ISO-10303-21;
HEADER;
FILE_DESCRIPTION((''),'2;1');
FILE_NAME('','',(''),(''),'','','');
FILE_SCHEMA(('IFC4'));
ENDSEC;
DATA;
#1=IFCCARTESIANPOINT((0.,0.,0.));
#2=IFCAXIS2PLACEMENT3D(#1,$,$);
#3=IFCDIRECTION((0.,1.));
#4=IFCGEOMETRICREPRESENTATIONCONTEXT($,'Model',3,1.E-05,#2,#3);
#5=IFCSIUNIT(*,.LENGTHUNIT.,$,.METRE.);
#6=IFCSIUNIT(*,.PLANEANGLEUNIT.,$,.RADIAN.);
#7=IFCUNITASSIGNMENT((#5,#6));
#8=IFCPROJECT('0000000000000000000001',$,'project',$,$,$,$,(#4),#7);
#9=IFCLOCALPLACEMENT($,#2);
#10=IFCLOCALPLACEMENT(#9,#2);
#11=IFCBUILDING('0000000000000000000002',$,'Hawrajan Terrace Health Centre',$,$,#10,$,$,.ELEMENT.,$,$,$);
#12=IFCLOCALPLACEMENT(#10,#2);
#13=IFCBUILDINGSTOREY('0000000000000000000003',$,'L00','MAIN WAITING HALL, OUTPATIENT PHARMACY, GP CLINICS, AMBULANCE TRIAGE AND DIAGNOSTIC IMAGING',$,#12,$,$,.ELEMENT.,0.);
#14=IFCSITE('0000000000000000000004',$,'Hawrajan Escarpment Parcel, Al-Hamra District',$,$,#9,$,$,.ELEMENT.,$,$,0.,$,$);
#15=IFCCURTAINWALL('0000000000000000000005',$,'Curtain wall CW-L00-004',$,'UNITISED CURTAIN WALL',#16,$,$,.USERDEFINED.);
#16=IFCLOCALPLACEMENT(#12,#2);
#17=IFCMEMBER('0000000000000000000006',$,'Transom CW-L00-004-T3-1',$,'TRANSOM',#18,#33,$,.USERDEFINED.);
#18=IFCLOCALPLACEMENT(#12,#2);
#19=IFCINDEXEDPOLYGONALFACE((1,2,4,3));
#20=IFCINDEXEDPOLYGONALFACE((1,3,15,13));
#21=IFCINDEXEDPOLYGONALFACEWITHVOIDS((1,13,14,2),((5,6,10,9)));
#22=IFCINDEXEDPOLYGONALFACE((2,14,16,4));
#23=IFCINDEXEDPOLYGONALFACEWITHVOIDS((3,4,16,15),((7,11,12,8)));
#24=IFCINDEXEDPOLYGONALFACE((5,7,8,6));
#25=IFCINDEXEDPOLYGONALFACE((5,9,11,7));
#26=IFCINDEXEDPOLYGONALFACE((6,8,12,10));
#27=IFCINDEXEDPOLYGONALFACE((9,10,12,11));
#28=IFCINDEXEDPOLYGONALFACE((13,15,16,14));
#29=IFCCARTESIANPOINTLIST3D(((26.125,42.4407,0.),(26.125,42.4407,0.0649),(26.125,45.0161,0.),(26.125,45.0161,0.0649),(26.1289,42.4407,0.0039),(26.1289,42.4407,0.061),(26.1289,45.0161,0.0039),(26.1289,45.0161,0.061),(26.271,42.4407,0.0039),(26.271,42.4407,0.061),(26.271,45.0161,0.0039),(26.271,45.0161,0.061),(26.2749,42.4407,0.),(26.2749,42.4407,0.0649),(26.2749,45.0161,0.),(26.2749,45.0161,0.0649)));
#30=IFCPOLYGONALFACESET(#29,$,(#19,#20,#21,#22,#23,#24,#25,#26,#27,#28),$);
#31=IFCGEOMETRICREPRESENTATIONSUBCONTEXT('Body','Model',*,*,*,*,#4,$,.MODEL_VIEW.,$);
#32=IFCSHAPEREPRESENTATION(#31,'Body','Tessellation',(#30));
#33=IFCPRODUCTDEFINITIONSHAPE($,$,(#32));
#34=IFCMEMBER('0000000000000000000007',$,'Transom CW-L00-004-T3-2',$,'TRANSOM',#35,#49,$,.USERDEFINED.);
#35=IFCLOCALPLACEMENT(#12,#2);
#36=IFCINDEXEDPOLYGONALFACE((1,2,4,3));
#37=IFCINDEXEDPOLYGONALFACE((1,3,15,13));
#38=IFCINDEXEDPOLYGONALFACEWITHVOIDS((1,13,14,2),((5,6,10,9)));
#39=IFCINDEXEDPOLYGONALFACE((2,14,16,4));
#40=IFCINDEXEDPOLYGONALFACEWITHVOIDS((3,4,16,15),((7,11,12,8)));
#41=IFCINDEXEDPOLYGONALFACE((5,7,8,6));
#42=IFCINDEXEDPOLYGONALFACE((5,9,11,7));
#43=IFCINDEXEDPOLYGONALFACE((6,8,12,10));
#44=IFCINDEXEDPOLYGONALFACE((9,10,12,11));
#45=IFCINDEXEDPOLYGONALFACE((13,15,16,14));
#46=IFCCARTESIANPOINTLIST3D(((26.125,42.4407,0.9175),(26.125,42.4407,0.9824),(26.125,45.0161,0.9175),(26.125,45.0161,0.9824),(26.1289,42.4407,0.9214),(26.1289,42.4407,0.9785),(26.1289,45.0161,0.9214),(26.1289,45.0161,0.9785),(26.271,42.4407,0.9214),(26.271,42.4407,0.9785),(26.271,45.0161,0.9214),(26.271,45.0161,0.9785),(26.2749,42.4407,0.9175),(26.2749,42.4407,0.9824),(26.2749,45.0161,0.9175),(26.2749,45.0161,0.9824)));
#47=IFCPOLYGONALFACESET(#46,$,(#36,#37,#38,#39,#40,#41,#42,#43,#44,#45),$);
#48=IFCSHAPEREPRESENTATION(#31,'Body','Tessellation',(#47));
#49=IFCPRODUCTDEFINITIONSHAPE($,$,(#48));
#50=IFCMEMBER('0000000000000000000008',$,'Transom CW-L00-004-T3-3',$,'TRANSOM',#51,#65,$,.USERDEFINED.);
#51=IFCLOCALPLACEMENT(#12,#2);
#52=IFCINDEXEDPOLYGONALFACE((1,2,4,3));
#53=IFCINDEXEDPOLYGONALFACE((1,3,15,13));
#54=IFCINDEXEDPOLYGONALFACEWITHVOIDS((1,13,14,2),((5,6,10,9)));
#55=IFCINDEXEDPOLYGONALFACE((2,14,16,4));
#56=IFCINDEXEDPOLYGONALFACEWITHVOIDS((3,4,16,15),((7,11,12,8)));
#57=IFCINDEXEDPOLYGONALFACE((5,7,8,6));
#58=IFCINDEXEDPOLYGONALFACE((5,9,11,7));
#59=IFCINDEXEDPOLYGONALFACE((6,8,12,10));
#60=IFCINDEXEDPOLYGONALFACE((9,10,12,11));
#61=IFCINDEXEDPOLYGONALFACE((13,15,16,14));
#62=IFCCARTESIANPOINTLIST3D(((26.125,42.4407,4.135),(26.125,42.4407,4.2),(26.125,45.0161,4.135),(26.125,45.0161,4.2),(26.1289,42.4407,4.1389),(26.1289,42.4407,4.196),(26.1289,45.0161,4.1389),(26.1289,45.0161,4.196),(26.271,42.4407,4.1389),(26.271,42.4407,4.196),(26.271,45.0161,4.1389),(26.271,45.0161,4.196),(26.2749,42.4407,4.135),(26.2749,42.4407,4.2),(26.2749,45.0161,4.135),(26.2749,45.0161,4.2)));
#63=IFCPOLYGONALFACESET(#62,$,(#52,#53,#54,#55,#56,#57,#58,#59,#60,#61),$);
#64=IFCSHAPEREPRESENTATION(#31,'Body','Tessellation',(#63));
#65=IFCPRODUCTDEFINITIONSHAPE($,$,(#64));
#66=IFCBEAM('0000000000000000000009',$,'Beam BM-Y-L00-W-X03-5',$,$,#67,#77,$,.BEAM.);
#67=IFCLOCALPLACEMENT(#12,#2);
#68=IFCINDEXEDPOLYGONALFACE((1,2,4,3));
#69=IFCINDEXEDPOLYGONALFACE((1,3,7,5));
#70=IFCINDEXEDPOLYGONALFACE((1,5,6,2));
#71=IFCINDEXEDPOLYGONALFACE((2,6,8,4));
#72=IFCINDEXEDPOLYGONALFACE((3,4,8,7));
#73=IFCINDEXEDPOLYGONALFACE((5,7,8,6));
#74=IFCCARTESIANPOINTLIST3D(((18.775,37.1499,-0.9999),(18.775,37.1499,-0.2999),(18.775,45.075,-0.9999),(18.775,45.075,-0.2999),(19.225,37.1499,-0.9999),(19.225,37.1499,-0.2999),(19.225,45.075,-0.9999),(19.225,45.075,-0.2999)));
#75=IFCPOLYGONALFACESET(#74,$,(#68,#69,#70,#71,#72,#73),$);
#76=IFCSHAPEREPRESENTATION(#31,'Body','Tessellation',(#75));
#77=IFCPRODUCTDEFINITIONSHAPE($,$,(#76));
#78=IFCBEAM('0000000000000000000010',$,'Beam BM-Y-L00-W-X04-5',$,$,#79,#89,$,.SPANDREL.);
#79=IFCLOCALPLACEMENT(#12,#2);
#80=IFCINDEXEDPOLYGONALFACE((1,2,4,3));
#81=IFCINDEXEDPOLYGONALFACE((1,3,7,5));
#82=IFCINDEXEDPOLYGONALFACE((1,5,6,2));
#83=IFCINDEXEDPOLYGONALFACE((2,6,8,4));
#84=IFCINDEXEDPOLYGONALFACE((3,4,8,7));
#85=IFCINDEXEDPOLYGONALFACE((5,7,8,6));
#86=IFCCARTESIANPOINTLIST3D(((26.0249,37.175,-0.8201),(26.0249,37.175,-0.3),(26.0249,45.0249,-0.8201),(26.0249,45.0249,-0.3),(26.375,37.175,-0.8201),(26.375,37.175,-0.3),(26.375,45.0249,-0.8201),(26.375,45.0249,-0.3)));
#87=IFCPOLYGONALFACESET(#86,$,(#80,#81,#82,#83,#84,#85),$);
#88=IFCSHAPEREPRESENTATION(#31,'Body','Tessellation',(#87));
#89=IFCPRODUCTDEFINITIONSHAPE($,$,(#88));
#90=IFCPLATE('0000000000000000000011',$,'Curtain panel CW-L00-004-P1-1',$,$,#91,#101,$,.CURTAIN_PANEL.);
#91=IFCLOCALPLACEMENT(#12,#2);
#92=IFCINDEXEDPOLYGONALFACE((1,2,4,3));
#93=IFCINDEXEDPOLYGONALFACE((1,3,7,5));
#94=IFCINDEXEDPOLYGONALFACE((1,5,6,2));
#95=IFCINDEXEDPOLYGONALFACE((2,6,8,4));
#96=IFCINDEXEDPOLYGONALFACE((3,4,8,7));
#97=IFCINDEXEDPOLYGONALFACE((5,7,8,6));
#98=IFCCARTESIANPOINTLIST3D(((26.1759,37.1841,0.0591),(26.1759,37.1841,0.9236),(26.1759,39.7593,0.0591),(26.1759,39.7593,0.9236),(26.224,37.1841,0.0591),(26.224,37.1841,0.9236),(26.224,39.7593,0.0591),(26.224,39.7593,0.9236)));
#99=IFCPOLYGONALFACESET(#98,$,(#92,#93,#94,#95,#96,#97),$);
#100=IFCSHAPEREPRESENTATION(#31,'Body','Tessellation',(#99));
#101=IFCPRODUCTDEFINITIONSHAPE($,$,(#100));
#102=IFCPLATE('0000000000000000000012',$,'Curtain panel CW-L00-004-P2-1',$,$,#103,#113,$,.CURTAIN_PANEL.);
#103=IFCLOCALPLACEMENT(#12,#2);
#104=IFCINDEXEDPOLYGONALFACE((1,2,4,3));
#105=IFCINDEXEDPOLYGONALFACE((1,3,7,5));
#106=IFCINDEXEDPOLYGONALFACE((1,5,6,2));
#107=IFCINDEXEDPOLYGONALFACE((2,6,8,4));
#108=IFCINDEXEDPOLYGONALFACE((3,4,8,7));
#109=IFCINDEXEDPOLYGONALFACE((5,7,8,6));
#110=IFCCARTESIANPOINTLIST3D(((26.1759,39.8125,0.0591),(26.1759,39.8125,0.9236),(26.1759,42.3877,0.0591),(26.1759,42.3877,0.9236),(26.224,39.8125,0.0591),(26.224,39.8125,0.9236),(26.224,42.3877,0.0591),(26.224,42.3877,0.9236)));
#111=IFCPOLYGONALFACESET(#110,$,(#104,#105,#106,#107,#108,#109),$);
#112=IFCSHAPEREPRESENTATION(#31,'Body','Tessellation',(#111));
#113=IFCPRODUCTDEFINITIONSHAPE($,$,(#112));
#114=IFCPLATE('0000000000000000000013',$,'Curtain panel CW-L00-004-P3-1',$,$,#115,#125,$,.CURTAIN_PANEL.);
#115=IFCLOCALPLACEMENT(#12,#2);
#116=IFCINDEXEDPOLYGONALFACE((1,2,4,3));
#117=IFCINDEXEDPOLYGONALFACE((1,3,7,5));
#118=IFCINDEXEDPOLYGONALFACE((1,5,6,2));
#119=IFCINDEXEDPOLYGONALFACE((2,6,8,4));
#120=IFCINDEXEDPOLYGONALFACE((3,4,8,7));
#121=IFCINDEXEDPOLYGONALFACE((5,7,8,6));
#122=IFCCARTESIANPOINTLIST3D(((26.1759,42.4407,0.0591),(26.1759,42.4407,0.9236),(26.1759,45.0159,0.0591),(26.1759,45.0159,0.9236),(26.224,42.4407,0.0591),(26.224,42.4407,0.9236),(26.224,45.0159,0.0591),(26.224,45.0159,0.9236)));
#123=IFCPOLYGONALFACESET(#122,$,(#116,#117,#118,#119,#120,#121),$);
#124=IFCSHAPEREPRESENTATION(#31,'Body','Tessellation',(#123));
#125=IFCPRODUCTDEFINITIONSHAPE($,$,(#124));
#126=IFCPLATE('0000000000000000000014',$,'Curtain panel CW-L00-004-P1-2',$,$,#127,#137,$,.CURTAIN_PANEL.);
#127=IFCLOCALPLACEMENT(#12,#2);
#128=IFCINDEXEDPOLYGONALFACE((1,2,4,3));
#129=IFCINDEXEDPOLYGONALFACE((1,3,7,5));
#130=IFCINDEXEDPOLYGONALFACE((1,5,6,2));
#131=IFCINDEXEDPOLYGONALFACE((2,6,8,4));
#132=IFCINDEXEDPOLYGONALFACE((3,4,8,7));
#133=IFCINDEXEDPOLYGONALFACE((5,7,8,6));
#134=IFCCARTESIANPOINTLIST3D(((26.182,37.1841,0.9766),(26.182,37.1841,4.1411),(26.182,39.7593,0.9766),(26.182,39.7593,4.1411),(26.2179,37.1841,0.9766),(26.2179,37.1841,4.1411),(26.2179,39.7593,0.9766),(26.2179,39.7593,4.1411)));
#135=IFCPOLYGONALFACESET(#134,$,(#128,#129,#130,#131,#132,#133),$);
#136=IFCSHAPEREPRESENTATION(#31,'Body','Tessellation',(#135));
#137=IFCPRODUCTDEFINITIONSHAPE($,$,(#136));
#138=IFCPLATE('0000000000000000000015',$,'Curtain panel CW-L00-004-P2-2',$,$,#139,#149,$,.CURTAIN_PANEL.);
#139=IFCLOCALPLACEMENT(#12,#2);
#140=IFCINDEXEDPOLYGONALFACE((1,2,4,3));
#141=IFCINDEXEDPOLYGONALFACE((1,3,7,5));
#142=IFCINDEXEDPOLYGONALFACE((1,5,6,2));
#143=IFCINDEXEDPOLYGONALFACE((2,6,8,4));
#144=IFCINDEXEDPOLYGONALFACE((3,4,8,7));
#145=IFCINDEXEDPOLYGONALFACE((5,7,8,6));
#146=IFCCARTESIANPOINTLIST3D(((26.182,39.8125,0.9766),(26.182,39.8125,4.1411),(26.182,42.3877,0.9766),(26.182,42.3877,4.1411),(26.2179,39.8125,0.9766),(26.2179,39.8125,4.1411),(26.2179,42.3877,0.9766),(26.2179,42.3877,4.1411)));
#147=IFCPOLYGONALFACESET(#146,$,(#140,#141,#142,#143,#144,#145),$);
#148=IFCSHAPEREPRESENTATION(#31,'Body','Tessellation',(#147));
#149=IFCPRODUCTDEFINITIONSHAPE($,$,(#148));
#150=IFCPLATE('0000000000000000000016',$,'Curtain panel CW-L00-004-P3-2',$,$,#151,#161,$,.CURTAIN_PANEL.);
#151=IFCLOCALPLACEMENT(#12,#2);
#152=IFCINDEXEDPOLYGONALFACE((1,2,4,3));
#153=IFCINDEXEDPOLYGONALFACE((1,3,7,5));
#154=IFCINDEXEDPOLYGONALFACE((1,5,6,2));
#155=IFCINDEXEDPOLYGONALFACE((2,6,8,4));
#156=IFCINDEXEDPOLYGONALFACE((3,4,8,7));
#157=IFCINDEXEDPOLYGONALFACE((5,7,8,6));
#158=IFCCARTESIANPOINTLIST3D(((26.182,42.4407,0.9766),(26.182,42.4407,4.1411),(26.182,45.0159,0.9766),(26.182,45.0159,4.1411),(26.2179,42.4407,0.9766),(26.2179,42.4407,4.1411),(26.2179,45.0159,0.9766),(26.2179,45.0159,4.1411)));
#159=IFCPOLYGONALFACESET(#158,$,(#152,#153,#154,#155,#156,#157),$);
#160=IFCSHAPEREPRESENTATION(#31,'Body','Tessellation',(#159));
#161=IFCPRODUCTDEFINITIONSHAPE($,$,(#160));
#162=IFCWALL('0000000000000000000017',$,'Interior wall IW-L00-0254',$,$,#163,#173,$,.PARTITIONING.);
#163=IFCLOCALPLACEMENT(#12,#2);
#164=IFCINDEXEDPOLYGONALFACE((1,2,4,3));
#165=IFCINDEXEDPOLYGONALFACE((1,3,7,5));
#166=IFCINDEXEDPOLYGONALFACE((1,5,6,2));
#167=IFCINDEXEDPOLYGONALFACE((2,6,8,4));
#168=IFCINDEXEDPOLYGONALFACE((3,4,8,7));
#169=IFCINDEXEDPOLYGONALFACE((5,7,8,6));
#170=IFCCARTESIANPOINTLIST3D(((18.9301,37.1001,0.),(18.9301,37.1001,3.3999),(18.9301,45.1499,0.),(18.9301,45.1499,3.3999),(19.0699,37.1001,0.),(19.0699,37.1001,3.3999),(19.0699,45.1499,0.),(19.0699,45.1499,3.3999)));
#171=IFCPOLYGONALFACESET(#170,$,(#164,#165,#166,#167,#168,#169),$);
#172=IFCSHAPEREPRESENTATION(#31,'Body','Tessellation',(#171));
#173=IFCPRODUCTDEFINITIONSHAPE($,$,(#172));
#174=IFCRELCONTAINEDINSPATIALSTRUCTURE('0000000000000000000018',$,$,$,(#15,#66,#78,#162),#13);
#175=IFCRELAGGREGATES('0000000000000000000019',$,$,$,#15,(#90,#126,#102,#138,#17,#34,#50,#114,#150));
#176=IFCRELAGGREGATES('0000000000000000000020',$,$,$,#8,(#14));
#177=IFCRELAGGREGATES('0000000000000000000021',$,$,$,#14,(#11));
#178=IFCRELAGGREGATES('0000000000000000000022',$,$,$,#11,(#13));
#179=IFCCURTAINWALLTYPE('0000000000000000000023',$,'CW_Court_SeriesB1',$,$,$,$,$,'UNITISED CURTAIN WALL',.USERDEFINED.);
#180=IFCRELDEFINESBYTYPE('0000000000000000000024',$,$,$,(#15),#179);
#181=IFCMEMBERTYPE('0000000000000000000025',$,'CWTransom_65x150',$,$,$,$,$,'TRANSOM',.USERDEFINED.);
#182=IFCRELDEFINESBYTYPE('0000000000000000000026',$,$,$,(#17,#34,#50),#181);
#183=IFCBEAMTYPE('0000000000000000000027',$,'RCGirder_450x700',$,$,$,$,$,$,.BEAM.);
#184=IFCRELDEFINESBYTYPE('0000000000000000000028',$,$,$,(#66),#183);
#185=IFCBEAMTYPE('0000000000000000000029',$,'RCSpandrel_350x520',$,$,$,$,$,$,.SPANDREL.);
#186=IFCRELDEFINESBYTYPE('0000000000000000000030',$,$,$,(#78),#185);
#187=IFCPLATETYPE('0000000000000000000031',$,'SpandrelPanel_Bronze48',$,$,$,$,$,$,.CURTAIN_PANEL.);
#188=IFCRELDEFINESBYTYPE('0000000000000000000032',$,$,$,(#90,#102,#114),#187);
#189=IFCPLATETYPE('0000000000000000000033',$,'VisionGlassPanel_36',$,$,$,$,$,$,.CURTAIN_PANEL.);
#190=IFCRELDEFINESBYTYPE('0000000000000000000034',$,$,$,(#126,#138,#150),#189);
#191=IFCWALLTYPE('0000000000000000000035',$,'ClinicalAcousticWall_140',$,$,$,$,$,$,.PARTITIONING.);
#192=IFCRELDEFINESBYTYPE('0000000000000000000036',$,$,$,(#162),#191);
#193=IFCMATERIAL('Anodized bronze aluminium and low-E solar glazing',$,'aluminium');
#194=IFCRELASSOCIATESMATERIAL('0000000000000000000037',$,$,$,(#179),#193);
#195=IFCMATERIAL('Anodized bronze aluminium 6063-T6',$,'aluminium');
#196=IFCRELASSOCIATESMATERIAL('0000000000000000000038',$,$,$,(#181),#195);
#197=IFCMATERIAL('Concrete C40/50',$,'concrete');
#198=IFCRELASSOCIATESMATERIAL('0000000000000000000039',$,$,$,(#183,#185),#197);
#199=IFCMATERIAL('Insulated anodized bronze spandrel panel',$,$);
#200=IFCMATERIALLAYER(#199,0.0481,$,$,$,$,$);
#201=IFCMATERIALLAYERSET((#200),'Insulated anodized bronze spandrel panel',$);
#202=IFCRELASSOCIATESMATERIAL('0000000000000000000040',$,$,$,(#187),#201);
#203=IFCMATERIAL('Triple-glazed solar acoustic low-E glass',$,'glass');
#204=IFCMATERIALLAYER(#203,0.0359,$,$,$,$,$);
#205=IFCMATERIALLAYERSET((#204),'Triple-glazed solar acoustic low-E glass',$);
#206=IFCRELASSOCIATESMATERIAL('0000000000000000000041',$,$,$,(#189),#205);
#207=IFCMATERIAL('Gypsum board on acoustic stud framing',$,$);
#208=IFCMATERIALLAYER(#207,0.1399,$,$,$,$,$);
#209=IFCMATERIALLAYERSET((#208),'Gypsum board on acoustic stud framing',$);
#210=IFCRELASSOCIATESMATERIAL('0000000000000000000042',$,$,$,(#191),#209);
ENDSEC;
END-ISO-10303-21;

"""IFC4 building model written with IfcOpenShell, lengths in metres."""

from ifc_helpers import new_model, si_unit, direction, frame, frame_2d, origin, origin_2d, place, context, subcontext, project, spatial, rectangle, hollow_rectangle, extrude, material, layer, layer_set, material_profile, profile_set, type_object, element, aggregate, save


model = new_model("IFC4")

# Units and contexts
model_context = context("Model", 3, precision=1e-05, world=origin(), true_north=direction((0.0, 1.0)))
body_context = subcontext(model_context, "Body", "Model", "MODEL_VIEW")
ifc_project = project(units=[si_unit("LENGTHUNIT", "METRE"), si_unit("PLANEANGLEUNIT", "RADIAN")], contexts=[model_context])

# Site, building, storey
site_placement = place(None, origin())
site = spatial("IfcSite", under=ifc_project, at=site_placement, Name="Hawrajan Escarpment Parcel, Al-Hamra District", CompositionType="ELEMENT", RefElevation=0.0)
building_placement = place(site_placement, origin())
building = spatial("IfcBuilding", under=site, at=building_placement, Name="Hawrajan Terrace Health Centre", CompositionType="ELEMENT")
storey_placement = place(building_placement, origin())
storey = spatial("IfcBuildingStorey", under=building, at=storey_placement, Name="L00", Description="MAIN WAITING HALL, OUTPATIENT PHARMACY, GP CLINICS, AMBULANCE TRIAGE AND DIAGNOSTIC IMAGING", CompositionType="ELEMENT", Elevation=0.0)

# Shared definitions
ifc_material_1 = material(Name="Concrete C40/50", Category="concrete")

# Curtain wall, members
ifc_material_2 = material(Name="Anodized bronze aluminium and low-E solar glazing", Category="aluminium")
curtain_wall_type = type_object("IfcCurtainWallType", Name="CW_Court_SeriesB1", ElementType="UNITISED CURTAIN WALL", PredefinedType="USERDEFINED", material=ifc_material_2)
curtain_wall_placement = place(storey_placement, origin())
curtain_wall = element("IfcCurtainWall", 1, at=curtain_wall_placement, inside=storey, type_object=curtain_wall_type, Name="Curtain wall CW-L00-004", ObjectType="UNITISED CURTAIN WALL", PredefinedType="USERDEFINED")
ifc_material_3 = material(Name="Anodized bronze aluminium 6063-T6", Category="aluminium")
ifc_material_profile_1 = material_profile(ifc_material_3, hollow_rectangle(XDim=0.0649, YDim=0.1499, WallThickness=0.0039, at=origin_2d()), Name="CW TRN 65x150")
ifc_profile_set_1 = profile_set([ifc_material_profile_1], Name="Anodized bronze aluminium 6063-T6")
member_type_1 = type_object("IfcMemberType", Name="CWTransom_65x150", ElementType="TRANSOM", PredefinedType="USERDEFINED", material=ifc_profile_set_1)
member_1_placement = place(storey_placement, frame((26.2, 42.4407, 0.0325), z_axis=(0.0, 1.0, 0.0), x_axis=(0.0, 0.0, 1.0)))
member_1 = element("IfcMember", 2, at=member_1_placement, type_object=member_type_1, Name="Transom CW-L00-004-T3-1", ObjectType="TRANSOM", PredefinedType="USERDEFINED", context=body_context, shape_type="SweptSolid", body=[
    extrude(hollow_rectangle(XDim=0.0649, YDim=0.1499, WallThickness=0.0039, at=origin_2d()), origin(), (0.0, 0.0, 1.0), 2.5754),
])
member_2_placement = place(storey_placement, frame((26.2, 42.4407, 0.95), z_axis=(0.0, 1.0, 0.0), x_axis=(0.0, 0.0, 1.0)))
member_2 = element("IfcMember", 3, at=member_2_placement, type_object=member_type_1, Name="Transom CW-L00-004-T3-2", ObjectType="TRANSOM", PredefinedType="USERDEFINED", context=body_context, shape_type="SweptSolid", body=[
    extrude(hollow_rectangle(XDim=0.0649, YDim=0.1499, WallThickness=0.0039, at=origin_2d()), origin(), (0.0, 0.0, 1.0), 2.5754),
])
member_3_placement = place(storey_placement, frame((26.2, 42.4407, 4.1675), z_axis=(0.0, 1.0, 0.0), x_axis=(0.0, 0.0, 1.0)))
member_3 = element("IfcMember", 4, at=member_3_placement, type_object=member_type_1, Name="Transom CW-L00-004-T3-3", ObjectType="TRANSOM", PredefinedType="USERDEFINED", context=body_context, shape_type="SweptSolid", body=[
    extrude(hollow_rectangle(XDim=0.0649, YDim=0.1499, WallThickness=0.0039, at=origin_2d()), origin(), (0.0, 0.0, 1.0), 2.5754),
])

# Beams
ifc_material_profile_2 = material_profile(ifc_material_1, rectangle(XDim=0.45, YDim=0.7, at=origin_2d()), Name="RC BM 450x700")
ifc_profile_set_2 = profile_set([ifc_material_profile_2], Name="Concrete C40/50")
beam_type_1 = type_object("IfcBeamType", Name="RCGirder_450x700", PredefinedType="BEAM", material=ifc_profile_set_2)
beam_1_placement = place(storey_placement, frame((19.0, 37.1499, -0.6499), z_axis=(0.0, 1.0, 0.0), x_axis=(-1.0, 0.0, 0.0)))
element("IfcBeam", 5, at=beam_1_placement, inside=storey, type_object=beam_type_1, Name="Beam BM-Y-L00-W-X03-5", PredefinedType="BEAM", context=body_context, shape_type="SweptSolid", body=[
    extrude(rectangle(XDim=0.45, YDim=0.7, at=origin_2d()), origin(), (0.0, 0.0, 1.0), 7.925),
])
ifc_material_profile_3 = material_profile(ifc_material_1, rectangle(XDim=0.3501, YDim=0.52, at=origin_2d()), Name="RC SP 350x520")
ifc_profile_set_3 = profile_set([ifc_material_profile_3], Name="Concrete C40/50")
beam_type_2 = type_object("IfcBeamType", Name="RCSpandrel_350x520", PredefinedType="SPANDREL", material=ifc_profile_set_3)
beam_2_placement = place(storey_placement, frame((26.2, 37.175, -0.5601), z_axis=(0.0, 1.0, 0.0), x_axis=(-1.0, 0.0, 0.0)))
element("IfcBeam", 6, at=beam_2_placement, inside=storey, type_object=beam_type_2, Name="Beam BM-Y-L00-W-X04-5", PredefinedType="SPANDREL", context=body_context, shape_type="SweptSolid", body=[
    extrude(rectangle(XDim=0.3501, YDim=0.52, at=origin_2d()), origin(), (0.0, 0.0, 1.0), 7.8499),
])

# Plates
ifc_material_4 = material(Name="Insulated anodized bronze spandrel panel")
ifc_layer_1 = layer(ifc_material_4, 0.0481)
ifc_layer_set_1 = layer_set([ifc_layer_1], Name="Insulated anodized bronze spandrel panel")
plate_type_1 = type_object("IfcPlateType", Name="SpandrelPanel_Bronze48", PredefinedType="CURTAIN_PANEL", material=ifc_layer_set_1)
plate_1_placement = place(storey_placement, frame((26.2, 38.4717, 0.0591), z_axis=(0.0, 0.0, 1.0), x_axis=(0.0, 1.0, 0.0)))
plate_1 = element("IfcPlate", 7, at=plate_1_placement, type_object=plate_type_1, Name="Curtain panel CW-L00-004-P1-1", PredefinedType="CURTAIN_PANEL", context=body_context, shape_type="SweptSolid", body=[
    extrude(rectangle(XDim=2.5752, YDim=0.0481, at=origin_2d()), origin(), (0.0, 0.0, 1.0), 0.8645),
])
plate_2_placement = place(storey_placement, frame((26.2, 41.1001, 0.0591), z_axis=(0.0, 0.0, 1.0), x_axis=(0.0, 1.0, 0.0)))
plate_2 = element("IfcPlate", 8, at=plate_2_placement, type_object=plate_type_1, Name="Curtain panel CW-L00-004-P2-1", PredefinedType="CURTAIN_PANEL", context=body_context, shape_type="SweptSolid", body=[
    extrude(rectangle(XDim=2.5752, YDim=0.0481, at=origin_2d()), origin(), (0.0, 0.0, 1.0), 0.8645),
])
plate_3_placement = place(storey_placement, frame((26.2, 43.7283, 0.0591), z_axis=(0.0, 0.0, 1.0), x_axis=(0.0, 1.0, 0.0)))
plate_3 = element("IfcPlate", 9, at=plate_3_placement, type_object=plate_type_1, Name="Curtain panel CW-L00-004-P3-1", PredefinedType="CURTAIN_PANEL", context=body_context, shape_type="SweptSolid", body=[
    extrude(rectangle(XDim=2.5752, YDim=0.0481, at=origin_2d()), origin(), (0.0, 0.0, 1.0), 0.8645),
])
ifc_material_5 = material(Name="Triple-glazed solar acoustic low-E glass", Category="glass")
ifc_layer_2 = layer(ifc_material_5, 0.0359)
ifc_layer_set_2 = layer_set([ifc_layer_2], Name="Triple-glazed solar acoustic low-E glass")
plate_type_2 = type_object("IfcPlateType", Name="VisionGlassPanel_36", PredefinedType="CURTAIN_PANEL", material=ifc_layer_set_2)
plate_4_placement = place(storey_placement, frame((26.2, 38.4717, 0.9766), z_axis=(0.0, 0.0, 1.0), x_axis=(0.0, 1.0, 0.0)))
plate_4 = element("IfcPlate", 10, at=plate_4_placement, type_object=plate_type_2, Name="Curtain panel CW-L00-004-P1-2", PredefinedType="CURTAIN_PANEL", context=body_context, shape_type="SweptSolid", body=[
    extrude(rectangle(XDim=2.5752, YDim=0.0359, at=origin_2d()), origin(), (0.0, 0.0, 1.0), 3.1646),
])
plate_5_placement = place(storey_placement, frame((26.2, 41.1001, 0.9766), z_axis=(0.0, 0.0, 1.0), x_axis=(0.0, 1.0, 0.0)))
plate_5 = element("IfcPlate", 11, at=plate_5_placement, type_object=plate_type_2, Name="Curtain panel CW-L00-004-P2-2", PredefinedType="CURTAIN_PANEL", context=body_context, shape_type="SweptSolid", body=[
    extrude(rectangle(XDim=2.5752, YDim=0.0359, at=origin_2d()), origin(), (0.0, 0.0, 1.0), 3.1646),
])
plate_6_placement = place(storey_placement, frame((26.2, 43.7283, 0.9766), z_axis=(0.0, 0.0, 1.0), x_axis=(0.0, 1.0, 0.0)))
plate_6 = element("IfcPlate", 12, at=plate_6_placement, type_object=plate_type_2, Name="Curtain panel CW-L00-004-P3-2", PredefinedType="CURTAIN_PANEL", context=body_context, shape_type="SweptSolid", body=[
    extrude(rectangle(XDim=2.5752, YDim=0.0359, at=origin_2d()), origin(), (0.0, 0.0, 1.0), 3.1646),
])
aggregate(curtain_wall, [plate_1, plate_4, plate_2, plate_5, member_1, member_2, member_3, plate_3, plate_6])

# Wall
ifc_material_6 = material(Name="Gypsum board on acoustic stud framing")
ifc_layer_3 = layer(ifc_material_6, 0.1399)
ifc_layer_set_3 = layer_set([ifc_layer_3], Name="Gypsum board on acoustic stud framing")
wall_type = type_object("IfcWallType", Name="ClinicalAcousticWall_140", PredefinedType="PARTITIONING", material=ifc_layer_set_3)
wall_placement = place(storey_placement, frame((19.0, 37.1001, 0.0), z_axis=(0.0, 0.0, 1.0), x_axis=(0.0, 1.0, 0.0)))
element("IfcWall", 13, at=wall_placement, inside=storey, type_object=wall_type, Name="Interior wall IW-L00-0254", PredefinedType="PARTITIONING", context=body_context, shape_type="SweptSolid", body=[
    extrude(rectangle(XDim=8.0498, YDim=0.1399, at=frame_2d((4.0249, 0.0))), origin(), (0.0, 0.0, 1.0), 3.3999),
])

save(model, "model.ifc")
